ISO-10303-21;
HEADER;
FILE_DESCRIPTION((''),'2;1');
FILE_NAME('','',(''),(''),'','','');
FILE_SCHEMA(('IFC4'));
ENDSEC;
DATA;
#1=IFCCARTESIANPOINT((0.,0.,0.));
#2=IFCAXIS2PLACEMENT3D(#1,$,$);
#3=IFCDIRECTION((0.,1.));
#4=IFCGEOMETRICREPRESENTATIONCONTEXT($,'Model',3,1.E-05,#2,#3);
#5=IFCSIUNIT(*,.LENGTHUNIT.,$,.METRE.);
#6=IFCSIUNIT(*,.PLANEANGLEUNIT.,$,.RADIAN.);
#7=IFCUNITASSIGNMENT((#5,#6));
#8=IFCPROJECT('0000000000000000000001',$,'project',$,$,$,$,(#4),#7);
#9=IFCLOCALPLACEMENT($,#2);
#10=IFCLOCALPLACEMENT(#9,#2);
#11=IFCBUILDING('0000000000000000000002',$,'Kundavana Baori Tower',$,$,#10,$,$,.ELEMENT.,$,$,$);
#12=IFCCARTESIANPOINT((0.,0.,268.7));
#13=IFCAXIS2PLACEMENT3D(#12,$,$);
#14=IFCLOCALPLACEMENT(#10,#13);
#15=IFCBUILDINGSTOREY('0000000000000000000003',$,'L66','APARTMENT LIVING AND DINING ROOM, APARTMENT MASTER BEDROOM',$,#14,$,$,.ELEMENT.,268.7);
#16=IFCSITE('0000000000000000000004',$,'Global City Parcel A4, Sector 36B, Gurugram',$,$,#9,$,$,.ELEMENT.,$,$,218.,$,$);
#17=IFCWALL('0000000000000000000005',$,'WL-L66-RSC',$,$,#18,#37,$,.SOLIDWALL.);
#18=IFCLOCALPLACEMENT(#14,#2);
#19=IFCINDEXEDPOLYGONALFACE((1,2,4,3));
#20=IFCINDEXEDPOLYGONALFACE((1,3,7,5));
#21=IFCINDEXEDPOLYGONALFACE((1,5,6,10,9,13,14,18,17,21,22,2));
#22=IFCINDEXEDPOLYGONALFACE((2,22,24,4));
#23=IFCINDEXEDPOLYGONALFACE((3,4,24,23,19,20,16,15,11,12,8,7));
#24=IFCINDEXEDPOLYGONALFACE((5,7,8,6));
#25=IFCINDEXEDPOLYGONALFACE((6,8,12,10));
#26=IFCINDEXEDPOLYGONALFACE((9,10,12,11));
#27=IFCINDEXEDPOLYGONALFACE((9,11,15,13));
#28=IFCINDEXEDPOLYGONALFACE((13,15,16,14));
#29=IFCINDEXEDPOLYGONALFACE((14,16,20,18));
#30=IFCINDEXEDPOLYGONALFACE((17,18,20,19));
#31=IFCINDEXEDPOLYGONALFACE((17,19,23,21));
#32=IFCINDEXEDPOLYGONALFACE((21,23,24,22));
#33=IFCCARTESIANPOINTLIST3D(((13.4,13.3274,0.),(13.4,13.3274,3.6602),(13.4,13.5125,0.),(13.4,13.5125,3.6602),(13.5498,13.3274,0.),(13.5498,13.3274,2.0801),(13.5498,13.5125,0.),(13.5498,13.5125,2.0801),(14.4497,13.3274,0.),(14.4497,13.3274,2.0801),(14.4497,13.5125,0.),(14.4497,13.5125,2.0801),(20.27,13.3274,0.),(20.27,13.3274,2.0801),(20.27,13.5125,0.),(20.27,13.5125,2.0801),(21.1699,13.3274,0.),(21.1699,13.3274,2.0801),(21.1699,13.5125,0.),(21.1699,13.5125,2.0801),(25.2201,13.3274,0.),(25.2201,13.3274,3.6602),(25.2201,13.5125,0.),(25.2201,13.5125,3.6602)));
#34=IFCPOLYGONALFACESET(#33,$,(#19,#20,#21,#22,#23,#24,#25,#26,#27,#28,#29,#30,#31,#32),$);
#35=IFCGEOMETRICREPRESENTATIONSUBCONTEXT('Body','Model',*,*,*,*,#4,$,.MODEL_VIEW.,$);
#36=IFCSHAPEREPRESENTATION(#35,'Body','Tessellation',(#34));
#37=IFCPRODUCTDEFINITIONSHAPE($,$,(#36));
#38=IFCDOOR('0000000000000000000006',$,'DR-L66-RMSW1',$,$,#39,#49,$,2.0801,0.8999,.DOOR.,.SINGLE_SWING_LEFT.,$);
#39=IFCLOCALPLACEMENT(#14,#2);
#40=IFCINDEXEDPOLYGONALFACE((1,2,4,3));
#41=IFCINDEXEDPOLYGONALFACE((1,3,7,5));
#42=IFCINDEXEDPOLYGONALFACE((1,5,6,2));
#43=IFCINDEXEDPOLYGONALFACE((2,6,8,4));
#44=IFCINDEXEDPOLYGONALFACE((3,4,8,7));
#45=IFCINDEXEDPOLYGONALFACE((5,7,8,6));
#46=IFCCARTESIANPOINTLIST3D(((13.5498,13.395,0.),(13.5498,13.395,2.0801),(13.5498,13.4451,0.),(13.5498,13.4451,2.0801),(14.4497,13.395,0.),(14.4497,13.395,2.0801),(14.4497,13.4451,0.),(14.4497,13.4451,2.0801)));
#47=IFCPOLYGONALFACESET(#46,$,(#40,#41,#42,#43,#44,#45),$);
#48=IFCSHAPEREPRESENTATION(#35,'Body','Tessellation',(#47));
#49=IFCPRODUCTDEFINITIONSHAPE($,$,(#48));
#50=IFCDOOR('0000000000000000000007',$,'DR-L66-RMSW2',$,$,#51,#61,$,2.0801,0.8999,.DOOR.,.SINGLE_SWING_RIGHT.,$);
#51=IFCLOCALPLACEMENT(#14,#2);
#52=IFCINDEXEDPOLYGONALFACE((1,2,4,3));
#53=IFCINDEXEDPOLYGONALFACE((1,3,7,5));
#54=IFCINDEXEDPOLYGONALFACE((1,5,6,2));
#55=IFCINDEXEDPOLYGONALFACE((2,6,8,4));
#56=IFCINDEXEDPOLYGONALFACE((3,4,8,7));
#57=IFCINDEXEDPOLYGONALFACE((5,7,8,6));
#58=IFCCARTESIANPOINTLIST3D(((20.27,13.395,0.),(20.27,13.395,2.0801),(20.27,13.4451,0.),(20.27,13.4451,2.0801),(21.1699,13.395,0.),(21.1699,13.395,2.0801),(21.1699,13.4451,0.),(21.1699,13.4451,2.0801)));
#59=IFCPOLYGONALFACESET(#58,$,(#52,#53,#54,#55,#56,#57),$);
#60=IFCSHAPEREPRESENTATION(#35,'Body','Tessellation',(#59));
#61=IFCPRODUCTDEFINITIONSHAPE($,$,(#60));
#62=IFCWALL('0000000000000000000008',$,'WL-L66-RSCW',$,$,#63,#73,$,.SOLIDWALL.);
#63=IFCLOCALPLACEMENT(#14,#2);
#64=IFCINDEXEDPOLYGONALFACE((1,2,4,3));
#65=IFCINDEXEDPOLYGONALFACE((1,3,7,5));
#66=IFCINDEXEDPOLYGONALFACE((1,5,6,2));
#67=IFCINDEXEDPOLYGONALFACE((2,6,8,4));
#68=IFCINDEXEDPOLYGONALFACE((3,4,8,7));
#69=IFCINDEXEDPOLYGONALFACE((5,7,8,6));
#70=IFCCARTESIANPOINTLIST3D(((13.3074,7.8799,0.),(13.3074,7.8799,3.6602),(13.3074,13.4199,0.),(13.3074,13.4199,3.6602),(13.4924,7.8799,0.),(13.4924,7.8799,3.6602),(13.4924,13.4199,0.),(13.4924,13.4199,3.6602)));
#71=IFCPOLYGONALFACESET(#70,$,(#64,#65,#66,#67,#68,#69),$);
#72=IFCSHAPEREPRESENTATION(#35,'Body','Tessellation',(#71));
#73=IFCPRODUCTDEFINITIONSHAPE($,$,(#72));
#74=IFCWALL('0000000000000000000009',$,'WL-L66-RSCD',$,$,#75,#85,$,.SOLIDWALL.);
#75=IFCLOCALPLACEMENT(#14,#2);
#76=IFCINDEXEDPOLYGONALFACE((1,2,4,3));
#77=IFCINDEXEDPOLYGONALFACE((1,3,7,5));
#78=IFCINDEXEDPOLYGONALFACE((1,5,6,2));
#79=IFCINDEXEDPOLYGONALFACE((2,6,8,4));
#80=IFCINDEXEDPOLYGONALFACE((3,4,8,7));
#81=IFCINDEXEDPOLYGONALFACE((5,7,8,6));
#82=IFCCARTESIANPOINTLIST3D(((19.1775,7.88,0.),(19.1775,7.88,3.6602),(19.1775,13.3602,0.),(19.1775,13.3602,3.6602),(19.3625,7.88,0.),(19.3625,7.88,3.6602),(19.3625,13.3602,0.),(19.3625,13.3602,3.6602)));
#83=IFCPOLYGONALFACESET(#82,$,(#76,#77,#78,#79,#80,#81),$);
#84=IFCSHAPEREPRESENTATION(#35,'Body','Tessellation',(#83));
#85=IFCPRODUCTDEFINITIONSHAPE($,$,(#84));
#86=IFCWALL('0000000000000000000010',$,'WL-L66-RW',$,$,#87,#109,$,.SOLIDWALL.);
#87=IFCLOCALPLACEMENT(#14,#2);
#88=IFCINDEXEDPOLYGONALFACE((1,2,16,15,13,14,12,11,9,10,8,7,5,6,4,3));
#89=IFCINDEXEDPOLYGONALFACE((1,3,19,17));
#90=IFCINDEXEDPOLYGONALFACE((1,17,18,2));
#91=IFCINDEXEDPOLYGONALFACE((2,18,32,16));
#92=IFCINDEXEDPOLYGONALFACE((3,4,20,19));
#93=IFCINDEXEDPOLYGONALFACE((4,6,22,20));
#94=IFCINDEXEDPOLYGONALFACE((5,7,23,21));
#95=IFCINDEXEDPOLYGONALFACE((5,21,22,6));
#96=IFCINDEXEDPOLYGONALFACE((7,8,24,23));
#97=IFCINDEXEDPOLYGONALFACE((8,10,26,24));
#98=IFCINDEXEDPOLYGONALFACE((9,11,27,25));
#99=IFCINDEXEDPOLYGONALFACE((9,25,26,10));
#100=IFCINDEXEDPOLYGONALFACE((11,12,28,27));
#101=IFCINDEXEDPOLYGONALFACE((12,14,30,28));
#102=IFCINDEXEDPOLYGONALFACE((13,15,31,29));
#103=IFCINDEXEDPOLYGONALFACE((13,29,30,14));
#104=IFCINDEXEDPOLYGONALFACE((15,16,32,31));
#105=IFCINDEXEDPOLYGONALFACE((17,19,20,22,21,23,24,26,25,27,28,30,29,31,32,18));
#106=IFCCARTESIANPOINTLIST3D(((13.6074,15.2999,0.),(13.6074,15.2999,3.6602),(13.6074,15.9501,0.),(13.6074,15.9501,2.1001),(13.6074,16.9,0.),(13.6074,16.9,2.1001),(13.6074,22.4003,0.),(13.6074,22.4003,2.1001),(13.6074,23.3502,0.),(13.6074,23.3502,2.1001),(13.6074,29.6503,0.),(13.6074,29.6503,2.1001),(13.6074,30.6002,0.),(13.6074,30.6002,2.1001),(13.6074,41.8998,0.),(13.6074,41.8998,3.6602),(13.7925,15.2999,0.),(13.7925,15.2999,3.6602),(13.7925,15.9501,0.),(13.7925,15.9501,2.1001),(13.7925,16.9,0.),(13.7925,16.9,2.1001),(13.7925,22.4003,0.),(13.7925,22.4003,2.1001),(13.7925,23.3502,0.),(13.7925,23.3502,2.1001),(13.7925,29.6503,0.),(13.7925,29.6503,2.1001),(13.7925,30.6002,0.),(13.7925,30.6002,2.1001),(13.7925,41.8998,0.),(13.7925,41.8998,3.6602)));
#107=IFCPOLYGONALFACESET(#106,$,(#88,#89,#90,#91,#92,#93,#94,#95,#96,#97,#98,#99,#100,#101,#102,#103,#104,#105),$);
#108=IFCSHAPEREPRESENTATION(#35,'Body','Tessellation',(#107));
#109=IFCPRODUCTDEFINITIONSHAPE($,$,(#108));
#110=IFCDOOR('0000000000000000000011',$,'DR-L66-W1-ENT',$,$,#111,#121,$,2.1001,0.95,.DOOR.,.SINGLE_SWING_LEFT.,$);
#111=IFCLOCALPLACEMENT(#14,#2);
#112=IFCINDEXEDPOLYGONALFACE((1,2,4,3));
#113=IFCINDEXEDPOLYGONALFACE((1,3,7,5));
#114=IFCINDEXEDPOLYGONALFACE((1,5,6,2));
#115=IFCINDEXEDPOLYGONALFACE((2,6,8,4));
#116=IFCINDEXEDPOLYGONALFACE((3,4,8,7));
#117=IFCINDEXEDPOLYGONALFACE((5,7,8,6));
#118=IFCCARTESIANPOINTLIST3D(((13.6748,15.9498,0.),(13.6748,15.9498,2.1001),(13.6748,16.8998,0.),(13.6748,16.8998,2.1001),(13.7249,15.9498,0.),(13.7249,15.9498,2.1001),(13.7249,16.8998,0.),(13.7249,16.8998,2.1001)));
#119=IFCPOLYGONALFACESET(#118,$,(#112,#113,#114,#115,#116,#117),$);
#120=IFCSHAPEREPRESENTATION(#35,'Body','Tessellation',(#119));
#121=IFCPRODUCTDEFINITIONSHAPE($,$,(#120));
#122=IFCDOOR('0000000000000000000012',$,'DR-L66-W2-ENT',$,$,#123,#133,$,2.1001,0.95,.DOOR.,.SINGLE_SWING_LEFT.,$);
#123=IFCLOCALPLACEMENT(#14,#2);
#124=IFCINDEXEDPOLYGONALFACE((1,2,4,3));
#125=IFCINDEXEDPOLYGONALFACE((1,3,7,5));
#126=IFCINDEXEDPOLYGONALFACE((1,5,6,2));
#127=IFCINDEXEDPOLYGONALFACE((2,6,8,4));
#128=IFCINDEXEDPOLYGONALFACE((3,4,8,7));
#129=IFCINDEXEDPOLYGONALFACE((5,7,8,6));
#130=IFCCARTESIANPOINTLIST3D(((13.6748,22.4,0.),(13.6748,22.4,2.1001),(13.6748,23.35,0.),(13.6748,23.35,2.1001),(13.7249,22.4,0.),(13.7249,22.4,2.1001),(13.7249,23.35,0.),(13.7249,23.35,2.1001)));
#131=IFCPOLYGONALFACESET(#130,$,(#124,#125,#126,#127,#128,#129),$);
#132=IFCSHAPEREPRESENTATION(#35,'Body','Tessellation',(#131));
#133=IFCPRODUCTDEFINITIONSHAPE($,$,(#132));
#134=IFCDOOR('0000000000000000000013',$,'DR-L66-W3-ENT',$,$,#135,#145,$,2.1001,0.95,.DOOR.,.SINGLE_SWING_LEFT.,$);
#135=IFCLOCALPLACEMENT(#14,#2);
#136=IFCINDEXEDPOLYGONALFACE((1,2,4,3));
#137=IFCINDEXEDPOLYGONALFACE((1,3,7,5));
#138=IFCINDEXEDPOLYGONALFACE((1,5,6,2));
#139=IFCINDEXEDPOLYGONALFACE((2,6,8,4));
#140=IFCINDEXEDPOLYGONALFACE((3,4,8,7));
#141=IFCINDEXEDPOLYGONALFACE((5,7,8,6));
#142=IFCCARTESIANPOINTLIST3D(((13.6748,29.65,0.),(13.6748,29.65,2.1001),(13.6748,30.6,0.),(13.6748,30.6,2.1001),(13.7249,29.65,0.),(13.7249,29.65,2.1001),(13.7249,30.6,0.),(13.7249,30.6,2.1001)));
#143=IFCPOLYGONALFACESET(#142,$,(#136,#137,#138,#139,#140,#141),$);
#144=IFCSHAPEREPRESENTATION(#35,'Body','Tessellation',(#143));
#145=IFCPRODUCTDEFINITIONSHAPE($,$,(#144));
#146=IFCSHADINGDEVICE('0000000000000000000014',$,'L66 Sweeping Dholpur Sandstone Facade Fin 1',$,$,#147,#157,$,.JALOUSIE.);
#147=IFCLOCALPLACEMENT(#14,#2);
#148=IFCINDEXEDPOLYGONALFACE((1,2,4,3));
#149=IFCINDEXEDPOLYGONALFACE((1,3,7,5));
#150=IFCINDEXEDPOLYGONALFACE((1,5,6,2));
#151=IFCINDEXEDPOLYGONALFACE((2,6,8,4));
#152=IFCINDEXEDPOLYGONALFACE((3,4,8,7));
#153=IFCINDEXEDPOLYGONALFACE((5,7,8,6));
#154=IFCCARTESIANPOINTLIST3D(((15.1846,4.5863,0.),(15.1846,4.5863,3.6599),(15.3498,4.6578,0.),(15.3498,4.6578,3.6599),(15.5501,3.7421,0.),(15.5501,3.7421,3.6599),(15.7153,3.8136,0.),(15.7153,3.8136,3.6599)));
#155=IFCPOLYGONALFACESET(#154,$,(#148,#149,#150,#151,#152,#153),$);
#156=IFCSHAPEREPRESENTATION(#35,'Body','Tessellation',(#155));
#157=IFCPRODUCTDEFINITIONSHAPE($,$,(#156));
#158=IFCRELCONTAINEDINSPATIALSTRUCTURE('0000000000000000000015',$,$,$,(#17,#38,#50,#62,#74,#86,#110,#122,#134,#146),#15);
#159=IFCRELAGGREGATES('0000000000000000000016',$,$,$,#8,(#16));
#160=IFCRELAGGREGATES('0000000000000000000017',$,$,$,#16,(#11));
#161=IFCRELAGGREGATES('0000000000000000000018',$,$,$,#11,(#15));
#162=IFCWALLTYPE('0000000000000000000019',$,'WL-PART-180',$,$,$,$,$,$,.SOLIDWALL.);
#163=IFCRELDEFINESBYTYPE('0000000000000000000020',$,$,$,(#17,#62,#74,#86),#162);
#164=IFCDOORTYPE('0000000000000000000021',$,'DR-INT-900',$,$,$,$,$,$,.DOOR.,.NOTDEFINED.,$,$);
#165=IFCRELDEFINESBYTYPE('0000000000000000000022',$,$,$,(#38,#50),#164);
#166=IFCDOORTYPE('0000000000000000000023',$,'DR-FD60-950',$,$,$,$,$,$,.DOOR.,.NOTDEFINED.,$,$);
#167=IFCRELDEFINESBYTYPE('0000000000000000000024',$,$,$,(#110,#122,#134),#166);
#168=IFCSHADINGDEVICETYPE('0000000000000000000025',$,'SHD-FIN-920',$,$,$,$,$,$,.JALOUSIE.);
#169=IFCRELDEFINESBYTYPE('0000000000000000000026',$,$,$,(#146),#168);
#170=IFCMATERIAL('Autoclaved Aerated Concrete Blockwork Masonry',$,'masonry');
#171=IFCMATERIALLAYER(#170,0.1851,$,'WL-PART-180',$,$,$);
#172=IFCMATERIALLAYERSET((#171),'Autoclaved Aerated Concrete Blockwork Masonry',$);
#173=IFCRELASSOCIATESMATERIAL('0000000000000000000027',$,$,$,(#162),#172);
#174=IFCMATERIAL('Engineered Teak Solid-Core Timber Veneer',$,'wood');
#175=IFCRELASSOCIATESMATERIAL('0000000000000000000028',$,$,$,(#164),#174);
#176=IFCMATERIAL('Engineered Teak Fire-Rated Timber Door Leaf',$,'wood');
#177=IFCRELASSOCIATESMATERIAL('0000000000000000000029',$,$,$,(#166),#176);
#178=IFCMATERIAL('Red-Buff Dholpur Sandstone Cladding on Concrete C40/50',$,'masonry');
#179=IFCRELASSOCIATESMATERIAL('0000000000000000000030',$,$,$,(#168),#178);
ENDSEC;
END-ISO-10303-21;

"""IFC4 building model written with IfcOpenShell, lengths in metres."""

from ifc_helpers import new_model, si_unit, direction, frame, frame_2d, origin, origin_2d, place, context, subcontext, project, spatial, rectangle, extrude, material, layer, layer_set, type_object, element, fill, save


model = new_model("IFC4")

# Units and contexts
model_context = context("Model", 3, precision=1e-05, world=origin(), true_north=direction((0.0, 1.0)))
body_context = subcontext(model_context, "Body", "Model", "MODEL_VIEW")
ifc_project = project(units=[si_unit("LENGTHUNIT", "METRE"), si_unit("PLANEANGLEUNIT", "RADIAN")], contexts=[model_context])

# Site, building, storey
site_placement = place(None, origin())
site = spatial("IfcSite", under=ifc_project, at=site_placement, Name="Global City Parcel A4, Sector 36B, Gurugram", CompositionType="ELEMENT", RefElevation=218.0)
building_placement = place(site_placement, origin())
building = spatial("IfcBuilding", under=site, at=building_placement, Name="Kundavana Baori Tower", CompositionType="ELEMENT")
storey_placement = place(building_placement, frame((0.0, 0.0, 268.7)))
storey = spatial("IfcBuildingStorey", under=building, at=storey_placement, Name="L66", Description="APARTMENT LIVING AND DINING ROOM, APARTMENT MASTER BEDROOM", CompositionType="ELEMENT", Elevation=268.7)

# Wall, openings, doors
ifc_material_1 = material(Name="Autoclaved Aerated Concrete Blockwork Masonry", Category="masonry")
ifc_layer = layer(ifc_material_1, 0.1851, Name="WL-PART-180")
ifc_layer_set = layer_set([ifc_layer], Name="Autoclaved Aerated Concrete Blockwork Masonry")
wall_type = type_object("IfcWallType", Name="WL-PART-180", PredefinedType="SOLIDWALL", material=ifc_layer_set)
wall_1_placement = place(storey_placement, frame((13.3999, 13.4199, 0.0), z_axis=(0.0, 0.0, 1.0), x_axis=(1.0, 0.0, 0.0)))
wall_1 = element("IfcWall", 1, at=wall_1_placement, inside=storey, type_object=wall_type, Name="WL-L66-RSC", PredefinedType="SOLIDWALL", context=body_context, shape_type="SweptSolid", body=[
    extrude(rectangle(XDim=11.8201, YDim=0.1851, at=frame_2d((5.9102, 0.0))), origin(), (0.0, 0.0, 1.0), 3.6602),
])
opening_1_placement = place(wall_1_placement, frame((0.1499, 0.0, 0.0)))
opening_1 = element("IfcOpeningElement", 2, at=opening_1_placement, cuts=wall_1, PredefinedType="OPENING", context=body_context, shape_type="SweptSolid", body=[
    extrude(rectangle(XDim=0.8999, YDim=2.0801, at=frame_2d((0.45, 1.04))), frame((0.0, 0.1025, 0.0), z_axis=(0.0, -1.0, 0.0), x_axis=(1.0, 0.0, 0.0)), (0.0, 0.0, 1.0), 0.2051),
])
opening_2_placement = place(wall_1_placement, frame((6.8701, 0.0, 0.0)))
opening_2 = element("IfcOpeningElement", 3, at=opening_2_placement, cuts=wall_1, PredefinedType="OPENING", context=body_context, shape_type="SweptSolid", body=[
    extrude(rectangle(XDim=0.8999, YDim=2.0801, at=frame_2d((0.45, 1.04))), frame((0.0, 0.1025, 0.0), z_axis=(0.0, -1.0, 0.0), x_axis=(1.0, 0.0, 0.0)), (0.0, 0.0, 1.0), 0.2051),
])
ifc_material_2 = material(Name="Engineered Teak Solid-Core Timber Veneer", Category="wood")
door_type_1 = type_object("IfcDoorType", Name="DR-INT-900", OperationType="NOTDEFINED", PredefinedType="DOOR", material=ifc_material_2)
door_1_placement = place(opening_1_placement, frame((0.8999, 0.0, 0.0), z_axis=(0.0, 0.0, 1.0), x_axis=(-1.0, 0.0, 0.0)))
door_1 = element("IfcDoor", 4, at=door_1_placement, inside=storey, type_object=door_type_1, Name="DR-L66-RMSW1", OperationType="SINGLE_SWING_LEFT", OverallHeight=2.0801, OverallWidth=0.8999, PredefinedType="DOOR", context=body_context, shape_type="SweptSolid", body=[
    extrude(rectangle(XDim=0.8999, YDim=2.0801, at=frame_2d((0.45, 1.04))), frame((0.0, 0.0249, 0.0), z_axis=(0.0, -1.0, 0.0), x_axis=(1.0, 0.0, 0.0)), (0.0, 0.0, 1.0), 0.05),
])
fill(opening_1, door_1)
door_2_placement = place(opening_2_placement, frame((0.8999, 0.0, 0.0), z_axis=(0.0, 0.0, 1.0), x_axis=(-1.0, 0.0, 0.0)))
door_2 = element("IfcDoor", 5, at=door_2_placement, inside=storey, type_object=door_type_1, Name="DR-L66-RMSW2", OperationType="SINGLE_SWING_RIGHT", OverallHeight=2.0801, OverallWidth=0.8999, PredefinedType="DOOR", context=body_context, shape_type="SweptSolid", body=[
    extrude(rectangle(XDim=0.8999, YDim=2.0801, at=frame_2d((0.45, 1.04))), frame((0.0, 0.0249, 0.0), z_axis=(0.0, -1.0, 0.0), x_axis=(1.0, 0.0, 0.0)), (0.0, 0.0, 1.0), 0.05),
])
fill(opening_2, door_2)

# Walls
wall_2_placement = place(storey_placement, frame((13.3999, 7.8799, 0.0), z_axis=(0.0, 0.0, 1.0), x_axis=(0.0, 1.0, 0.0)))
element("IfcWall", 6, at=wall_2_placement, inside=storey, type_object=wall_type, Name="WL-L66-RSCW", PredefinedType="SOLIDWALL", context=body_context, shape_type="SweptSolid", body=[
    extrude(rectangle(XDim=5.54, YDim=0.1851, at=frame_2d((2.77, 0.0))), origin(), (0.0, 0.0, 1.0), 3.6602),
])
wall_3_placement = place(storey_placement, frame((19.27, 7.8799, 0.0), z_axis=(0.0, 0.0, 1.0), x_axis=(0.0, 1.0, 0.0)))
element("IfcWall", 7, at=wall_3_placement, inside=storey, type_object=wall_type, Name="WL-L66-RSCD", PredefinedType="SOLIDWALL", context=body_context, shape_type="SweptSolid", body=[
    extrude(rectangle(XDim=5.4802, YDim=0.1851, at=frame_2d((2.7402, 0.0))), origin(), (0.0, 0.0, 1.0), 3.6602),
])

# Wall, openings, doors
wall_4_placement = place(storey_placement, frame((13.7, 15.3, 0.0), z_axis=(0.0, 0.0, 1.0), x_axis=(0.0, 1.0, 0.0)))
wall_4 = element("IfcWall", 8, at=wall_4_placement, inside=storey, type_object=wall_type, Name="WL-L66-RW", PredefinedType="SOLIDWALL", context=body_context, shape_type="SweptSolid", body=[
    extrude(rectangle(XDim=26.5999, YDim=0.1851, at=frame_2d((13.2998, 0.0))), origin(), (0.0, 0.0, 1.0), 3.6602),
])
opening_3_placement = place(wall_4_placement, frame((0.6499, 0.0, 0.0)))
opening_3 = element("IfcOpeningElement", 9, at=opening_3_placement, cuts=wall_4, PredefinedType="OPENING", context=body_context, shape_type="SweptSolid", body=[
    extrude(rectangle(XDim=0.95, YDim=2.1001, at=frame_2d((0.4751, 1.05))), frame((0.0, 0.1025, 0.0), z_axis=(0.0, -1.0, 0.0), x_axis=(1.0, 0.0, 0.0)), (0.0, 0.0, 1.0), 0.2051),
])
opening_4_placement = place(wall_4_placement, frame((7.1001, 0.0, 0.0)))
opening_4 = element("IfcOpeningElement", 10, at=opening_4_placement, cuts=wall_4, PredefinedType="OPENING", context=body_context, shape_type="SweptSolid", body=[
    extrude(rectangle(XDim=0.95, YDim=2.1001, at=frame_2d((0.4751, 1.05))), frame((0.0, 0.1025, 0.0), z_axis=(0.0, -1.0, 0.0), x_axis=(1.0, 0.0, 0.0)), (0.0, 0.0, 1.0), 0.2051),
])
opening_5_placement = place(wall_4_placement, frame((14.3501, 0.0, 0.0)))
opening_5 = element("IfcOpeningElement", 11, at=opening_5_placement, cuts=wall_4, PredefinedType="OPENING", context=body_context, shape_type="SweptSolid", body=[
    extrude(rectangle(XDim=0.95, YDim=2.1001, at=frame_2d((0.4751, 1.05))), frame((0.0, 0.1025, 0.0), z_axis=(0.0, -1.0, 0.0), x_axis=(1.0, 0.0, 0.0)), (0.0, 0.0, 1.0), 0.2051),
])
ifc_material_3 = material(Name="Engineered Teak Fire-Rated Timber Door Leaf", Category="wood")
door_type_2 = type_object("IfcDoorType", Name="DR-FD60-950", OperationType="NOTDEFINED", PredefinedType="DOOR", material=ifc_material_3)
door_3_placement = place(opening_3_placement, frame((0.95, 0.0, 0.0), z_axis=(0.0, 0.0, 1.0), x_axis=(-1.0, 0.0, 0.0)))
door_3 = element("IfcDoor", 12, at=door_3_placement, inside=storey, type_object=door_type_2, Name="DR-L66-W1-ENT", OperationType="SINGLE_SWING_LEFT", OverallHeight=2.1001, OverallWidth=0.95, PredefinedType="DOOR", context=body_context, shape_type="SweptSolid", body=[
    extrude(rectangle(XDim=0.95, YDim=2.1001, at=frame_2d((0.4751, 1.05))), frame((0.0, 0.0249, 0.0), z_axis=(0.0, -1.0, 0.0), x_axis=(1.0, 0.0, 0.0)), (0.0, 0.0, 1.0), 0.05),
])
fill(opening_3, door_3)
door_4_placement = place(opening_4_placement, frame((0.95, 0.0, 0.0), z_axis=(0.0, 0.0, 1.0), x_axis=(-1.0, 0.0, 0.0)))
door_4 = element("IfcDoor", 13, at=door_4_placement, inside=storey, type_object=door_type_2, Name="DR-L66-W2-ENT", OperationType="SINGLE_SWING_LEFT", OverallHeight=2.1001, OverallWidth=0.95, PredefinedType="DOOR", context=body_context, shape_type="SweptSolid", body=[
    extrude(rectangle(XDim=0.95, YDim=2.1001, at=frame_2d((0.4751, 1.05))), frame((0.0, 0.0249, 0.0), z_axis=(0.0, -1.0, 0.0), x_axis=(1.0, 0.0, 0.0)), (0.0, 0.0, 1.0), 0.05),
])
fill(opening_4, door_4)
door_5_placement = place(opening_5_placement, frame((0.95, 0.0, 0.0), z_axis=(0.0, 0.0, 1.0), x_axis=(-1.0, 0.0, 0.0)))
door_5 = element("IfcDoor", 14, at=door_5_placement, inside=storey, type_object=door_type_2, Name="DR-L66-W3-ENT", OperationType="SINGLE_SWING_LEFT", OverallHeight=2.1001, OverallWidth=0.95, PredefinedType="DOOR", context=body_context, shape_type="SweptSolid", body=[
    extrude(rectangle(XDim=0.95, YDim=2.1001, at=frame_2d((0.4751, 1.05))), frame((0.0, 0.0249, 0.0), z_axis=(0.0, -1.0, 0.0), x_axis=(1.0, 0.0, 0.0)), (0.0, 0.0, 1.0), 0.05),
])
fill(opening_5, door_5)

# Shading device
ifc_material_4 = material(Name="Red-Buff Dholpur Sandstone Cladding on Concrete C40/50", Category="masonry")
shading_device_type = type_object("IfcShadingDeviceType", Name="SHD-FIN-920", PredefinedType="JALOUSIE", material=ifc_material_4)
shading_device_placement = place(storey_placement, frame((15.45, 4.2, 0.0), z_axis=(0.0, 0.0, 1.0), x_axis=(0.917685, 0.397308, 0.0)))
element("IfcShadingDevice", 15, at=shading_device_placement, inside=storey, type_object=shading_device_type, Name="L66 Sweeping Dholpur Sandstone Facade Fin 1", PredefinedType="JALOUSIE", context=body_context, shape_type="SweptSolid", body=[
    extrude(rectangle(XDim=0.1799, YDim=0.9199, at=origin_2d()), origin(), (0.0, 0.0, 1.0), 3.6599),
])

save(model, "model.ifc")
